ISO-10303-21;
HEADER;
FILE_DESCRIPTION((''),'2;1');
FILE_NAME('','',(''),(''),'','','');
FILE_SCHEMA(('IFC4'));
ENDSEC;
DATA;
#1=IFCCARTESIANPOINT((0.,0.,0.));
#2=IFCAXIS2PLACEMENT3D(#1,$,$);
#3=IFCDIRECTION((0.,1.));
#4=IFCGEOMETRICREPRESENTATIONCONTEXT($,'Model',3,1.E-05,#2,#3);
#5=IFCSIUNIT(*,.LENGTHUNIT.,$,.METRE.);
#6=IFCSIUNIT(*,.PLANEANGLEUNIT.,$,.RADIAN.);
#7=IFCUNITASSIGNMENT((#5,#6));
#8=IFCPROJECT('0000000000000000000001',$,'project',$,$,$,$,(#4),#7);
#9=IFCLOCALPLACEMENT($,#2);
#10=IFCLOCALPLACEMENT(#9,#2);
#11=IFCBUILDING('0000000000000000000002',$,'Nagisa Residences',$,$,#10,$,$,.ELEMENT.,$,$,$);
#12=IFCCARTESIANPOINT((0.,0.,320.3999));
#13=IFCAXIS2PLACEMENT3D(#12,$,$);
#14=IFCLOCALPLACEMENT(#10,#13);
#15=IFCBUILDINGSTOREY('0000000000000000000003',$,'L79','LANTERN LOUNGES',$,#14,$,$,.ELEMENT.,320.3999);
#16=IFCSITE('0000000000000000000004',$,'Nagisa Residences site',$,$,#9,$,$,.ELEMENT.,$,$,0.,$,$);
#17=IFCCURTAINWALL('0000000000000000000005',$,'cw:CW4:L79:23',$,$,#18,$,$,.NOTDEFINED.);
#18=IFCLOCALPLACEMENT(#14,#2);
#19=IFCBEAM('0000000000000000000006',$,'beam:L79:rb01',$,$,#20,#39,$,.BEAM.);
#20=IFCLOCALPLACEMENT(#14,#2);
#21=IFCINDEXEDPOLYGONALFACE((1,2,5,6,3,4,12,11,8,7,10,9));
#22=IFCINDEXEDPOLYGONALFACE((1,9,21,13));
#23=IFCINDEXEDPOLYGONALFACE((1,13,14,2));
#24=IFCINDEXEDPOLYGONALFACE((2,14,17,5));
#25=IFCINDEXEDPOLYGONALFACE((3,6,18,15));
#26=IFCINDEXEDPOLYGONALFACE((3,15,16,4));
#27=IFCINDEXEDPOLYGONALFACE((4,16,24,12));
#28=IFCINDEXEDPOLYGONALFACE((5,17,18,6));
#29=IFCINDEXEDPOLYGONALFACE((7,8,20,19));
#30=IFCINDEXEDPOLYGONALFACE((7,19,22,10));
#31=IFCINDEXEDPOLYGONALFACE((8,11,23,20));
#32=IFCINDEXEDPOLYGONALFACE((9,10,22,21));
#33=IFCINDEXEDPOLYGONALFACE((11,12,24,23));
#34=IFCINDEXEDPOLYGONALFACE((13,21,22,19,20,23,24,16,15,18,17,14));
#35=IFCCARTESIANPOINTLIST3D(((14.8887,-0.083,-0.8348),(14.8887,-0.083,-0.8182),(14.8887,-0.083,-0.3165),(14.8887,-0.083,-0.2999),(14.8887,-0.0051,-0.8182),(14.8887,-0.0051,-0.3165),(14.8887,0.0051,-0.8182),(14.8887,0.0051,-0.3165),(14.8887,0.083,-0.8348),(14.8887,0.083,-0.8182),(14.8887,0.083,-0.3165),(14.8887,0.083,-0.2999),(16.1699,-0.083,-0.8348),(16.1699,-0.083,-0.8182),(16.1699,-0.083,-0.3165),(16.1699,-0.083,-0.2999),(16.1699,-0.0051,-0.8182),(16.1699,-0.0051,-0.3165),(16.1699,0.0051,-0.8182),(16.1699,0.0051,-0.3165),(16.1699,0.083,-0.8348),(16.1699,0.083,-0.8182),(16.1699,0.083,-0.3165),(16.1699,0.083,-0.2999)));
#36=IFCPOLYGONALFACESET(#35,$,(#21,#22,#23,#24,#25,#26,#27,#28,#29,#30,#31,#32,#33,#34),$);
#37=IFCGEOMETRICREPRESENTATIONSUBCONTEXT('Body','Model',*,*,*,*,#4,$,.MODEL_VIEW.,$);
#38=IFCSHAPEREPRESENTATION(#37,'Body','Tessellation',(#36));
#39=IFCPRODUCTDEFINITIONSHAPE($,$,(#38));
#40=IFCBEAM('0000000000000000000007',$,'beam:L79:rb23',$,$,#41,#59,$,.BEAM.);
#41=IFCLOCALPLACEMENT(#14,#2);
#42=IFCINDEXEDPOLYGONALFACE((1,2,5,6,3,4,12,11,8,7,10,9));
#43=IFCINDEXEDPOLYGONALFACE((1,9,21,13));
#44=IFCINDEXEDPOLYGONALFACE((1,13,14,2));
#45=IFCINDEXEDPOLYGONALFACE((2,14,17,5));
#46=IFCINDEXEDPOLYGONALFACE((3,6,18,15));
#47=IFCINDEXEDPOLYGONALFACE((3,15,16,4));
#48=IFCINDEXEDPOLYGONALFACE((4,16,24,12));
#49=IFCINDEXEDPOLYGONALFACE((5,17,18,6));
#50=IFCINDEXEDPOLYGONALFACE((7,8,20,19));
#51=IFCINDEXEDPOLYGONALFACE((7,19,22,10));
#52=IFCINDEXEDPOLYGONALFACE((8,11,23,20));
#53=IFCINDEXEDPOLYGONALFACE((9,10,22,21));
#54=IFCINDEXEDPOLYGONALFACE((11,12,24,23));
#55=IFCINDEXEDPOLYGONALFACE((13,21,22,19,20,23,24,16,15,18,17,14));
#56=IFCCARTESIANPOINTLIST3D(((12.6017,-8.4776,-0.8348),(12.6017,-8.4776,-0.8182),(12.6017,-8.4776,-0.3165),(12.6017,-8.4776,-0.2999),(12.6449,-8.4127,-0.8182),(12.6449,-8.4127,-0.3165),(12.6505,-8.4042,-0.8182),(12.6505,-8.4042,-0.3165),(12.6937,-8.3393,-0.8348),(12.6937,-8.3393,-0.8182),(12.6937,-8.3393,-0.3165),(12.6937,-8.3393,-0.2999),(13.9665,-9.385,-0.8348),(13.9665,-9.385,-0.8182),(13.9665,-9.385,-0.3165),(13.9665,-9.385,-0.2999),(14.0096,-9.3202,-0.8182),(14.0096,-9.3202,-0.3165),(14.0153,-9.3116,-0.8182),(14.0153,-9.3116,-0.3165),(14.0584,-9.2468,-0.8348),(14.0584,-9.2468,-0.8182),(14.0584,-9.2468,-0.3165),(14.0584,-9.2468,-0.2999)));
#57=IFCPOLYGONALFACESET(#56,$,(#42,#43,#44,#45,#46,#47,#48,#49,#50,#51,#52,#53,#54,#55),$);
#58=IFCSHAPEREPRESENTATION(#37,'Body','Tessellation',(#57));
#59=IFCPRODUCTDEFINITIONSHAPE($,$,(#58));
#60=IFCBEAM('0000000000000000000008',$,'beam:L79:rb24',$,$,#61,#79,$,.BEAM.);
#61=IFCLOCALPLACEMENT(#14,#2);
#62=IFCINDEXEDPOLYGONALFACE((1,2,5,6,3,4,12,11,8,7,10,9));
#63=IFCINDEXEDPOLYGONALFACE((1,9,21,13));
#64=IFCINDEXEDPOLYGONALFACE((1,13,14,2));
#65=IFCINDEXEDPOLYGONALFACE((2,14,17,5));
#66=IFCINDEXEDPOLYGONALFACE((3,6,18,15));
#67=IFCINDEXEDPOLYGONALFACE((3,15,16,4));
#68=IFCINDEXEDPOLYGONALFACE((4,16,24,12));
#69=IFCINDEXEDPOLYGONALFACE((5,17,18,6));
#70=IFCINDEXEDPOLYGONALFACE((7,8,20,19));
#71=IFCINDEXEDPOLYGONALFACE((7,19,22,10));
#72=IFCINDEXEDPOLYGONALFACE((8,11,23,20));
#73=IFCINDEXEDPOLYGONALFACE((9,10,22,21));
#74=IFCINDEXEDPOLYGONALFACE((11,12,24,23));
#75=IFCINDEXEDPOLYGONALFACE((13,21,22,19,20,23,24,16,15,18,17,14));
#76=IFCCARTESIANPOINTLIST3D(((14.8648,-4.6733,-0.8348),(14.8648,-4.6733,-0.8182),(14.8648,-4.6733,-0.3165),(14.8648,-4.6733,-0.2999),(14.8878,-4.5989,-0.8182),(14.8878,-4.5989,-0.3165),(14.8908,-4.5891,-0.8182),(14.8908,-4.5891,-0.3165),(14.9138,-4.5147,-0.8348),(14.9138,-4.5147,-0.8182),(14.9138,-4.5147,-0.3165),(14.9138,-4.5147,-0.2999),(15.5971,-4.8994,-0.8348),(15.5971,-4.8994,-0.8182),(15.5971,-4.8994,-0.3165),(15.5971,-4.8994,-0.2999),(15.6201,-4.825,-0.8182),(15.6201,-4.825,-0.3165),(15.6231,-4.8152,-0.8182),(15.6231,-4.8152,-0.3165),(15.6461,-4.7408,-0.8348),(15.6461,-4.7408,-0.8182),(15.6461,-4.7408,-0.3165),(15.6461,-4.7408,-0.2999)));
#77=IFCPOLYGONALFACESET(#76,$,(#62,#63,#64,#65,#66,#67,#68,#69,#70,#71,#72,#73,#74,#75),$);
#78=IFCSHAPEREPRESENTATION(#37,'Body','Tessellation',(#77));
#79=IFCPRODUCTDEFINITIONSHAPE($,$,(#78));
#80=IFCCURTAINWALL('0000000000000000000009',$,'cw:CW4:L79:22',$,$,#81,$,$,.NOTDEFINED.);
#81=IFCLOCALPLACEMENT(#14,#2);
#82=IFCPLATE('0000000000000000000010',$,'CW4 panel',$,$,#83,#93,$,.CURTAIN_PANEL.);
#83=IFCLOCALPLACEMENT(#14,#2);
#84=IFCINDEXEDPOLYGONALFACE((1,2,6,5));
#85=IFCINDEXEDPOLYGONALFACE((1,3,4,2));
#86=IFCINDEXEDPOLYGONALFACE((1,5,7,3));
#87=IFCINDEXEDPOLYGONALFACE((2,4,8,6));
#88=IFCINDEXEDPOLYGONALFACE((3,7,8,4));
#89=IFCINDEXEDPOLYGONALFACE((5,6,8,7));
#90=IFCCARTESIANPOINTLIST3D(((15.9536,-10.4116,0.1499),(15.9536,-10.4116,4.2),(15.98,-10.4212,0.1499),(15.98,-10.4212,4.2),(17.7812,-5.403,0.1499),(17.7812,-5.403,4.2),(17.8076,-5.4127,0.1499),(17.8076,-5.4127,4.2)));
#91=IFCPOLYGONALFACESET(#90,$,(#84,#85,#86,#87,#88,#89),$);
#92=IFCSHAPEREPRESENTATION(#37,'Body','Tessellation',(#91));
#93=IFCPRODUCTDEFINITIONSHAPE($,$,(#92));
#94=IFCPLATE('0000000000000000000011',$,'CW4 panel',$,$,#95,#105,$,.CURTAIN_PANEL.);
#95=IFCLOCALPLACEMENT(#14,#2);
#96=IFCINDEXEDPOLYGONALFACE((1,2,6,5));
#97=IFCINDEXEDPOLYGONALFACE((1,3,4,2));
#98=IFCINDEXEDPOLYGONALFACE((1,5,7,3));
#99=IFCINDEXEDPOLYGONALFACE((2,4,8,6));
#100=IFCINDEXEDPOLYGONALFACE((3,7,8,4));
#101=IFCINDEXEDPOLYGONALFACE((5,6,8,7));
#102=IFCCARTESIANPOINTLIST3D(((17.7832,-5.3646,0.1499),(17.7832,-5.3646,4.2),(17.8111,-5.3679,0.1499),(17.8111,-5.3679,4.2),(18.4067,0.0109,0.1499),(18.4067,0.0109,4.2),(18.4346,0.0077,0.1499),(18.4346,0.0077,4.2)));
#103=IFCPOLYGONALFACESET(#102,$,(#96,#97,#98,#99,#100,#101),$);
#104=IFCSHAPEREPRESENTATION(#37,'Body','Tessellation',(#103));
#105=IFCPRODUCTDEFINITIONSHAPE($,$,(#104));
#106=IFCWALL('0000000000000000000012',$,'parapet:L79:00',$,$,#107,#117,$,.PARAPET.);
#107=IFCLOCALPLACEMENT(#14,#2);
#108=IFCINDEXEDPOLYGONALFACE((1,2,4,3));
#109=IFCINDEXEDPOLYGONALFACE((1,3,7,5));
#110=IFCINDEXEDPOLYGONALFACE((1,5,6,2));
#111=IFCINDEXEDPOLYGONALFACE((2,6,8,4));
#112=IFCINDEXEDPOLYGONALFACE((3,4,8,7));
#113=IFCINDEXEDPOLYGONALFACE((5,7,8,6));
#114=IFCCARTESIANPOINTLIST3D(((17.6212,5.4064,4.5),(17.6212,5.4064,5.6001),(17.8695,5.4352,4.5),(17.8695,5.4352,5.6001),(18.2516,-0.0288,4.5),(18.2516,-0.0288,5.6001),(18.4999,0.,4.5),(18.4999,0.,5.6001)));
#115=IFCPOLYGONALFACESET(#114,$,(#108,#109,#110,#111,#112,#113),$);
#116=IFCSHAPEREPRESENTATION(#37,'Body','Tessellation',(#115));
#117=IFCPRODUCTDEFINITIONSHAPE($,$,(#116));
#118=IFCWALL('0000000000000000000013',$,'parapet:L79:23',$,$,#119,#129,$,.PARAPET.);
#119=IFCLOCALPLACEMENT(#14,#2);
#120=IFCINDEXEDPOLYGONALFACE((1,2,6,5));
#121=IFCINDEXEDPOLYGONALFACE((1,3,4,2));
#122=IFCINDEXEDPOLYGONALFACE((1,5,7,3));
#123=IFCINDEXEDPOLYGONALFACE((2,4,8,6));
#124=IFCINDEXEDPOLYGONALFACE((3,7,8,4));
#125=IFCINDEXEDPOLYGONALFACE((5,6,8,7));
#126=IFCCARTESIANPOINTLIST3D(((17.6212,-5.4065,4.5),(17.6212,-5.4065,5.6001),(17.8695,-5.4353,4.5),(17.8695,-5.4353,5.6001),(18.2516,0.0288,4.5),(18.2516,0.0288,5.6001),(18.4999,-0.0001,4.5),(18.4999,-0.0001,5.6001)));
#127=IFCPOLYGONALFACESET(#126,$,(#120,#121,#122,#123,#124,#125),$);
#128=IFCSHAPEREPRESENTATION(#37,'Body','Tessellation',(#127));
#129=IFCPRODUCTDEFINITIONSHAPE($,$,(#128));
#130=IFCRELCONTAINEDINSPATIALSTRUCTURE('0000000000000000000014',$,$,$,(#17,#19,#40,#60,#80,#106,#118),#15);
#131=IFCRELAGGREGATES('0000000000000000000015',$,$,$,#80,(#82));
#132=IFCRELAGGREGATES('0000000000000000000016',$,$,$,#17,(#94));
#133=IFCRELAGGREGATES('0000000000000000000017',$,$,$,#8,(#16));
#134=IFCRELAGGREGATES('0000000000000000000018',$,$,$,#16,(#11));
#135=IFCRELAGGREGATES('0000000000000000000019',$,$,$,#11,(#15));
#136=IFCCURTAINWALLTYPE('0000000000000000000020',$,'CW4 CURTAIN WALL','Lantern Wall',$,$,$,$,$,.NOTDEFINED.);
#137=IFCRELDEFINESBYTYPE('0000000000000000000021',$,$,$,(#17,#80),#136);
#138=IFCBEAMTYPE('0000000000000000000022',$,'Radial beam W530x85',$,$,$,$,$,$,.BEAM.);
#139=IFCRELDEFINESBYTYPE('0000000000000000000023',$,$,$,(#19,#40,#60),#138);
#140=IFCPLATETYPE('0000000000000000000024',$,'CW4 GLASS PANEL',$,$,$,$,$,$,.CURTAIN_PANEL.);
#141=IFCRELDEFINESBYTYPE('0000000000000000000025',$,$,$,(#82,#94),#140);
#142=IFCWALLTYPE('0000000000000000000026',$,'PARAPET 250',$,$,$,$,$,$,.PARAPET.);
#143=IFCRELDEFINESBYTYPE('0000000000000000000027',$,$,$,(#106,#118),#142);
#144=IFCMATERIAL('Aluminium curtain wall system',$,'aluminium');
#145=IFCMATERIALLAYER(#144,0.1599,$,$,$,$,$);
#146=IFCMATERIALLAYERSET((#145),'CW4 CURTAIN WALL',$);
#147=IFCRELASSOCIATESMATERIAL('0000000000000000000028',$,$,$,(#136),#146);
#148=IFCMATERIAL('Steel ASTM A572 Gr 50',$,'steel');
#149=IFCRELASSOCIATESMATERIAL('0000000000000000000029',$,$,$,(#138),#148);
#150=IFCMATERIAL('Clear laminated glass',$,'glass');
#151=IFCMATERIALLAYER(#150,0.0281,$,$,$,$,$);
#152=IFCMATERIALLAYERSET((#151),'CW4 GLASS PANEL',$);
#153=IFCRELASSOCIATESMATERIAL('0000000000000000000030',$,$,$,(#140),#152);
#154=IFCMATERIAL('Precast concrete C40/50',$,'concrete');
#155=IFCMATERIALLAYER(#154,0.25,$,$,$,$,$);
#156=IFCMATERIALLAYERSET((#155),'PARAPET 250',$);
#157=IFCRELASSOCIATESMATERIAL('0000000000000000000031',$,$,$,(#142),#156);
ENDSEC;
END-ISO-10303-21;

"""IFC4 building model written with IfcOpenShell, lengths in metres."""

from ifc_helpers import new_model, si_unit, direction, frame, frame_2d, origin, origin_2d, place, context, subcontext, project, spatial, rectangle, i_section, extrude, material, layer, layer_set, material_profile, profile_set, type_object, element, aggregate, save


model = new_model("IFC4")

# Units and contexts
model_context = context("Model", 3, precision=1e-05, world=origin(), true_north=direction((0.0, 1.0)))
body_context = subcontext(model_context, "Body", "Model", "MODEL_VIEW")
ifc_project = project(units=[si_unit("LENGTHUNIT", "METRE"), si_unit("PLANEANGLEUNIT", "RADIAN")], contexts=[model_context])

# Site, building, storey
site_placement = place(None, origin())
site = spatial("IfcSite", under=ifc_project, at=site_placement, Name="Nagisa Residences site", CompositionType="ELEMENT", RefElevation=0.0)
building_placement = place(site_placement, origin())
building = spatial("IfcBuilding", under=site, at=building_placement, Name="Nagisa Residences", CompositionType="ELEMENT")
storey_placement = place(building_placement, frame((0.0, 0.0, 320.3999)))
storey = spatial("IfcBuildingStorey", under=building, at=storey_placement, Name="L79", Description="LANTERN LOUNGES", CompositionType="ELEMENT", Elevation=320.3999)

# Curtain wall
ifc_material_1 = material(Name="Aluminium curtain wall system", Category="aluminium")
ifc_layer_1 = layer(ifc_material_1, 0.1599)
ifc_layer_set_1 = layer_set([ifc_layer_1], Name="CW4 CURTAIN WALL")
curtain_wall_type = type_object("IfcCurtainWallType", Name="CW4 CURTAIN WALL", Description="Lantern Wall", PredefinedType="NOTDEFINED", material=ifc_layer_set_1)
curtain_wall_1_placement = place(storey_placement, origin())
curtain_wall_1 = element("IfcCurtainWall", 1, at=curtain_wall_1_placement, inside=storey, type_object=curtain_wall_type, Name="cw:CW4:L79:23", PredefinedType="NOTDEFINED")

# Beams
ifc_material_2 = material(Name="Steel ASTM A572 Gr 50", Category="steel")
ifc_material_profile_1 = material_profile(ifc_material_2, i_section(OverallWidth=0.166, OverallDepth=0.5349, WebThickness=0.0103, FlangeThickness=0.0166, at=origin_2d()), Name="W530x85")
ifc_profile_set_1 = profile_set([ifc_material_profile_1], Name="Steel ASTM A572 Gr 50")
beam_type_1 = type_object("IfcBeamType", Name="Radial beam W530x85", PredefinedType="BEAM", material=ifc_profile_set_1)
beam_1_placement = place(storey_placement, frame((16.1699, 0.0, -0.5674), z_axis=(-1.0, 0.0, 0.0), x_axis=(0.0, -1.0, 0.0)))
element("IfcBeam", 2, at=beam_1_placement, inside=storey, type_object=beam_type_1, Name="beam:L79:rb01", PredefinedType="BEAM", context=body_context, shape_type="SweptSolid", body=[
    extrude(i_section(OverallWidth=0.166, OverallDepth=0.5349, WebThickness=0.0103, FlangeThickness=0.0166, at=origin_2d()), origin(), (0.0, 0.0, 1.0), 1.2812),
])
beam_2_placement = place(storey_placement, frame((14.0125, -9.3159, -0.5674), z_axis=(-0.832714, 0.553703, 0.0), x_axis=(-0.553703, -0.832714, 0.0)))
element("IfcBeam", 3, at=beam_2_placement, inside=storey, type_object=beam_type_1, Name="beam:L79:rb23", PredefinedType="BEAM", context=body_context, shape_type="SweptSolid", body=[
    extrude(i_section(OverallWidth=0.166, OverallDepth=0.5349, WebThickness=0.0103, FlangeThickness=0.0166, at=origin_2d()), origin(), (0.0, 0.0, 1.0), 1.6389),
])
beam_3_placement = place(storey_placement, frame((15.6216, -4.8201, -0.5674), z_axis=(-0.955489, 0.295026, 0.0), x_axis=(-0.295026, -0.955489, 0.0)))
element("IfcBeam", 4, at=beam_3_placement, inside=storey, type_object=beam_type_1, Name="beam:L79:rb24", PredefinedType="BEAM", context=body_context, shape_type="SweptSolid", body=[
    extrude(i_section(OverallWidth=0.166, OverallDepth=0.5349, WebThickness=0.0103, FlangeThickness=0.0166, at=origin_2d()), origin(), (0.0, 0.0, 1.0), 0.7664),
])

# Curtain wall, plate
curtain_wall_2_placement = place(storey_placement, origin())
curtain_wall_2 = element("IfcCurtainWall", 5, at=curtain_wall_2_placement, inside=storey, type_object=curtain_wall_type, Name="cw:CW4:L79:22", PredefinedType="NOTDEFINED")
ifc_material_3 = material(Name="Clear laminated glass", Category="glass")
ifc_layer_2 = layer(ifc_material_3, 0.0281)
ifc_layer_set_2 = layer_set([ifc_layer_2], Name="CW4 GLASS PANEL")
plate_type = type_object("IfcPlateType", Name="CW4 GLASS PANEL", PredefinedType="CURTAIN_PANEL", material=ifc_layer_set_2)
plate_1_placement = place(storey_placement, frame((16.8806, -7.9121, 0.1499), z_axis=(0.0, 0.0, 1.0), x_axis=(0.342793, 0.939411, 0.0)))
plate_1 = element("IfcPlate", 6, at=plate_1_placement, type_object=plate_type, Name="CW4 panel", PredefinedType="CURTAIN_PANEL", context=body_context, shape_type="SweptSolid", body=[
    extrude(rectangle(XDim=5.3315, YDim=0.0281, at=origin_2d()), origin(), (0.0, 0.0, 1.0), 4.05),
])
aggregate(curtain_wall_2, [plate_1])

# Plate
plate_2_placement = place(storey_placement, frame((18.1089, -2.6785, 0.1499), z_axis=(0.0, 0.0, 1.0), x_axis=(0.115207, 0.993341, 0.0)))
plate_2 = element("IfcPlate", 7, at=plate_2_placement, type_object=plate_type, Name="CW4 panel", PredefinedType="CURTAIN_PANEL", context=body_context, shape_type="SweptSolid", body=[
    extrude(rectangle(XDim=5.4116, YDim=0.0281, at=origin_2d()), origin(), (0.0, 0.0, 1.0), 4.05),
])
aggregate(curtain_wall_1, [plate_2])

# Walls
ifc_material_4 = material(Name="Precast concrete C40/50", Category="concrete")
ifc_layer_3 = layer(ifc_material_4, 0.25)
ifc_layer_set_3 = layer_set([ifc_layer_3], Name="PARAPET 250")
wall_type = type_object("IfcWallType", Name="PARAPET 250", PredefinedType="PARAPET", material=ifc_layer_set_3)
for number, where, z_axis, x_axis, name in (
    (8, (18.3757, -0.0144, 4.5), (0.0, 0.0, 1.0), (-0.115205, 0.993342, 0.0), "parapet:L79:00"),
    (9, (17.7454, -5.4209, 4.5), (0.0, 0.0, 1.0), (0.115205, 0.993342, 0.0), "parapet:L79:23"),
):
    element("IfcWall", number, at=place(storey_placement, frame(where, z_axis=z_axis, x_axis=x_axis)), inside=storey, type_object=wall_type, Name=name, PredefinedType="PARAPET", context=body_context, shape_type="SweptSolid", body=[
        extrude(rectangle(XDim=5.4717, YDim=0.25, at=frame_2d((2.7358, 0.0))), origin(), (0.0, 0.0, 1.0), 1.1001),
    ])

save(model, "model.ifc")
